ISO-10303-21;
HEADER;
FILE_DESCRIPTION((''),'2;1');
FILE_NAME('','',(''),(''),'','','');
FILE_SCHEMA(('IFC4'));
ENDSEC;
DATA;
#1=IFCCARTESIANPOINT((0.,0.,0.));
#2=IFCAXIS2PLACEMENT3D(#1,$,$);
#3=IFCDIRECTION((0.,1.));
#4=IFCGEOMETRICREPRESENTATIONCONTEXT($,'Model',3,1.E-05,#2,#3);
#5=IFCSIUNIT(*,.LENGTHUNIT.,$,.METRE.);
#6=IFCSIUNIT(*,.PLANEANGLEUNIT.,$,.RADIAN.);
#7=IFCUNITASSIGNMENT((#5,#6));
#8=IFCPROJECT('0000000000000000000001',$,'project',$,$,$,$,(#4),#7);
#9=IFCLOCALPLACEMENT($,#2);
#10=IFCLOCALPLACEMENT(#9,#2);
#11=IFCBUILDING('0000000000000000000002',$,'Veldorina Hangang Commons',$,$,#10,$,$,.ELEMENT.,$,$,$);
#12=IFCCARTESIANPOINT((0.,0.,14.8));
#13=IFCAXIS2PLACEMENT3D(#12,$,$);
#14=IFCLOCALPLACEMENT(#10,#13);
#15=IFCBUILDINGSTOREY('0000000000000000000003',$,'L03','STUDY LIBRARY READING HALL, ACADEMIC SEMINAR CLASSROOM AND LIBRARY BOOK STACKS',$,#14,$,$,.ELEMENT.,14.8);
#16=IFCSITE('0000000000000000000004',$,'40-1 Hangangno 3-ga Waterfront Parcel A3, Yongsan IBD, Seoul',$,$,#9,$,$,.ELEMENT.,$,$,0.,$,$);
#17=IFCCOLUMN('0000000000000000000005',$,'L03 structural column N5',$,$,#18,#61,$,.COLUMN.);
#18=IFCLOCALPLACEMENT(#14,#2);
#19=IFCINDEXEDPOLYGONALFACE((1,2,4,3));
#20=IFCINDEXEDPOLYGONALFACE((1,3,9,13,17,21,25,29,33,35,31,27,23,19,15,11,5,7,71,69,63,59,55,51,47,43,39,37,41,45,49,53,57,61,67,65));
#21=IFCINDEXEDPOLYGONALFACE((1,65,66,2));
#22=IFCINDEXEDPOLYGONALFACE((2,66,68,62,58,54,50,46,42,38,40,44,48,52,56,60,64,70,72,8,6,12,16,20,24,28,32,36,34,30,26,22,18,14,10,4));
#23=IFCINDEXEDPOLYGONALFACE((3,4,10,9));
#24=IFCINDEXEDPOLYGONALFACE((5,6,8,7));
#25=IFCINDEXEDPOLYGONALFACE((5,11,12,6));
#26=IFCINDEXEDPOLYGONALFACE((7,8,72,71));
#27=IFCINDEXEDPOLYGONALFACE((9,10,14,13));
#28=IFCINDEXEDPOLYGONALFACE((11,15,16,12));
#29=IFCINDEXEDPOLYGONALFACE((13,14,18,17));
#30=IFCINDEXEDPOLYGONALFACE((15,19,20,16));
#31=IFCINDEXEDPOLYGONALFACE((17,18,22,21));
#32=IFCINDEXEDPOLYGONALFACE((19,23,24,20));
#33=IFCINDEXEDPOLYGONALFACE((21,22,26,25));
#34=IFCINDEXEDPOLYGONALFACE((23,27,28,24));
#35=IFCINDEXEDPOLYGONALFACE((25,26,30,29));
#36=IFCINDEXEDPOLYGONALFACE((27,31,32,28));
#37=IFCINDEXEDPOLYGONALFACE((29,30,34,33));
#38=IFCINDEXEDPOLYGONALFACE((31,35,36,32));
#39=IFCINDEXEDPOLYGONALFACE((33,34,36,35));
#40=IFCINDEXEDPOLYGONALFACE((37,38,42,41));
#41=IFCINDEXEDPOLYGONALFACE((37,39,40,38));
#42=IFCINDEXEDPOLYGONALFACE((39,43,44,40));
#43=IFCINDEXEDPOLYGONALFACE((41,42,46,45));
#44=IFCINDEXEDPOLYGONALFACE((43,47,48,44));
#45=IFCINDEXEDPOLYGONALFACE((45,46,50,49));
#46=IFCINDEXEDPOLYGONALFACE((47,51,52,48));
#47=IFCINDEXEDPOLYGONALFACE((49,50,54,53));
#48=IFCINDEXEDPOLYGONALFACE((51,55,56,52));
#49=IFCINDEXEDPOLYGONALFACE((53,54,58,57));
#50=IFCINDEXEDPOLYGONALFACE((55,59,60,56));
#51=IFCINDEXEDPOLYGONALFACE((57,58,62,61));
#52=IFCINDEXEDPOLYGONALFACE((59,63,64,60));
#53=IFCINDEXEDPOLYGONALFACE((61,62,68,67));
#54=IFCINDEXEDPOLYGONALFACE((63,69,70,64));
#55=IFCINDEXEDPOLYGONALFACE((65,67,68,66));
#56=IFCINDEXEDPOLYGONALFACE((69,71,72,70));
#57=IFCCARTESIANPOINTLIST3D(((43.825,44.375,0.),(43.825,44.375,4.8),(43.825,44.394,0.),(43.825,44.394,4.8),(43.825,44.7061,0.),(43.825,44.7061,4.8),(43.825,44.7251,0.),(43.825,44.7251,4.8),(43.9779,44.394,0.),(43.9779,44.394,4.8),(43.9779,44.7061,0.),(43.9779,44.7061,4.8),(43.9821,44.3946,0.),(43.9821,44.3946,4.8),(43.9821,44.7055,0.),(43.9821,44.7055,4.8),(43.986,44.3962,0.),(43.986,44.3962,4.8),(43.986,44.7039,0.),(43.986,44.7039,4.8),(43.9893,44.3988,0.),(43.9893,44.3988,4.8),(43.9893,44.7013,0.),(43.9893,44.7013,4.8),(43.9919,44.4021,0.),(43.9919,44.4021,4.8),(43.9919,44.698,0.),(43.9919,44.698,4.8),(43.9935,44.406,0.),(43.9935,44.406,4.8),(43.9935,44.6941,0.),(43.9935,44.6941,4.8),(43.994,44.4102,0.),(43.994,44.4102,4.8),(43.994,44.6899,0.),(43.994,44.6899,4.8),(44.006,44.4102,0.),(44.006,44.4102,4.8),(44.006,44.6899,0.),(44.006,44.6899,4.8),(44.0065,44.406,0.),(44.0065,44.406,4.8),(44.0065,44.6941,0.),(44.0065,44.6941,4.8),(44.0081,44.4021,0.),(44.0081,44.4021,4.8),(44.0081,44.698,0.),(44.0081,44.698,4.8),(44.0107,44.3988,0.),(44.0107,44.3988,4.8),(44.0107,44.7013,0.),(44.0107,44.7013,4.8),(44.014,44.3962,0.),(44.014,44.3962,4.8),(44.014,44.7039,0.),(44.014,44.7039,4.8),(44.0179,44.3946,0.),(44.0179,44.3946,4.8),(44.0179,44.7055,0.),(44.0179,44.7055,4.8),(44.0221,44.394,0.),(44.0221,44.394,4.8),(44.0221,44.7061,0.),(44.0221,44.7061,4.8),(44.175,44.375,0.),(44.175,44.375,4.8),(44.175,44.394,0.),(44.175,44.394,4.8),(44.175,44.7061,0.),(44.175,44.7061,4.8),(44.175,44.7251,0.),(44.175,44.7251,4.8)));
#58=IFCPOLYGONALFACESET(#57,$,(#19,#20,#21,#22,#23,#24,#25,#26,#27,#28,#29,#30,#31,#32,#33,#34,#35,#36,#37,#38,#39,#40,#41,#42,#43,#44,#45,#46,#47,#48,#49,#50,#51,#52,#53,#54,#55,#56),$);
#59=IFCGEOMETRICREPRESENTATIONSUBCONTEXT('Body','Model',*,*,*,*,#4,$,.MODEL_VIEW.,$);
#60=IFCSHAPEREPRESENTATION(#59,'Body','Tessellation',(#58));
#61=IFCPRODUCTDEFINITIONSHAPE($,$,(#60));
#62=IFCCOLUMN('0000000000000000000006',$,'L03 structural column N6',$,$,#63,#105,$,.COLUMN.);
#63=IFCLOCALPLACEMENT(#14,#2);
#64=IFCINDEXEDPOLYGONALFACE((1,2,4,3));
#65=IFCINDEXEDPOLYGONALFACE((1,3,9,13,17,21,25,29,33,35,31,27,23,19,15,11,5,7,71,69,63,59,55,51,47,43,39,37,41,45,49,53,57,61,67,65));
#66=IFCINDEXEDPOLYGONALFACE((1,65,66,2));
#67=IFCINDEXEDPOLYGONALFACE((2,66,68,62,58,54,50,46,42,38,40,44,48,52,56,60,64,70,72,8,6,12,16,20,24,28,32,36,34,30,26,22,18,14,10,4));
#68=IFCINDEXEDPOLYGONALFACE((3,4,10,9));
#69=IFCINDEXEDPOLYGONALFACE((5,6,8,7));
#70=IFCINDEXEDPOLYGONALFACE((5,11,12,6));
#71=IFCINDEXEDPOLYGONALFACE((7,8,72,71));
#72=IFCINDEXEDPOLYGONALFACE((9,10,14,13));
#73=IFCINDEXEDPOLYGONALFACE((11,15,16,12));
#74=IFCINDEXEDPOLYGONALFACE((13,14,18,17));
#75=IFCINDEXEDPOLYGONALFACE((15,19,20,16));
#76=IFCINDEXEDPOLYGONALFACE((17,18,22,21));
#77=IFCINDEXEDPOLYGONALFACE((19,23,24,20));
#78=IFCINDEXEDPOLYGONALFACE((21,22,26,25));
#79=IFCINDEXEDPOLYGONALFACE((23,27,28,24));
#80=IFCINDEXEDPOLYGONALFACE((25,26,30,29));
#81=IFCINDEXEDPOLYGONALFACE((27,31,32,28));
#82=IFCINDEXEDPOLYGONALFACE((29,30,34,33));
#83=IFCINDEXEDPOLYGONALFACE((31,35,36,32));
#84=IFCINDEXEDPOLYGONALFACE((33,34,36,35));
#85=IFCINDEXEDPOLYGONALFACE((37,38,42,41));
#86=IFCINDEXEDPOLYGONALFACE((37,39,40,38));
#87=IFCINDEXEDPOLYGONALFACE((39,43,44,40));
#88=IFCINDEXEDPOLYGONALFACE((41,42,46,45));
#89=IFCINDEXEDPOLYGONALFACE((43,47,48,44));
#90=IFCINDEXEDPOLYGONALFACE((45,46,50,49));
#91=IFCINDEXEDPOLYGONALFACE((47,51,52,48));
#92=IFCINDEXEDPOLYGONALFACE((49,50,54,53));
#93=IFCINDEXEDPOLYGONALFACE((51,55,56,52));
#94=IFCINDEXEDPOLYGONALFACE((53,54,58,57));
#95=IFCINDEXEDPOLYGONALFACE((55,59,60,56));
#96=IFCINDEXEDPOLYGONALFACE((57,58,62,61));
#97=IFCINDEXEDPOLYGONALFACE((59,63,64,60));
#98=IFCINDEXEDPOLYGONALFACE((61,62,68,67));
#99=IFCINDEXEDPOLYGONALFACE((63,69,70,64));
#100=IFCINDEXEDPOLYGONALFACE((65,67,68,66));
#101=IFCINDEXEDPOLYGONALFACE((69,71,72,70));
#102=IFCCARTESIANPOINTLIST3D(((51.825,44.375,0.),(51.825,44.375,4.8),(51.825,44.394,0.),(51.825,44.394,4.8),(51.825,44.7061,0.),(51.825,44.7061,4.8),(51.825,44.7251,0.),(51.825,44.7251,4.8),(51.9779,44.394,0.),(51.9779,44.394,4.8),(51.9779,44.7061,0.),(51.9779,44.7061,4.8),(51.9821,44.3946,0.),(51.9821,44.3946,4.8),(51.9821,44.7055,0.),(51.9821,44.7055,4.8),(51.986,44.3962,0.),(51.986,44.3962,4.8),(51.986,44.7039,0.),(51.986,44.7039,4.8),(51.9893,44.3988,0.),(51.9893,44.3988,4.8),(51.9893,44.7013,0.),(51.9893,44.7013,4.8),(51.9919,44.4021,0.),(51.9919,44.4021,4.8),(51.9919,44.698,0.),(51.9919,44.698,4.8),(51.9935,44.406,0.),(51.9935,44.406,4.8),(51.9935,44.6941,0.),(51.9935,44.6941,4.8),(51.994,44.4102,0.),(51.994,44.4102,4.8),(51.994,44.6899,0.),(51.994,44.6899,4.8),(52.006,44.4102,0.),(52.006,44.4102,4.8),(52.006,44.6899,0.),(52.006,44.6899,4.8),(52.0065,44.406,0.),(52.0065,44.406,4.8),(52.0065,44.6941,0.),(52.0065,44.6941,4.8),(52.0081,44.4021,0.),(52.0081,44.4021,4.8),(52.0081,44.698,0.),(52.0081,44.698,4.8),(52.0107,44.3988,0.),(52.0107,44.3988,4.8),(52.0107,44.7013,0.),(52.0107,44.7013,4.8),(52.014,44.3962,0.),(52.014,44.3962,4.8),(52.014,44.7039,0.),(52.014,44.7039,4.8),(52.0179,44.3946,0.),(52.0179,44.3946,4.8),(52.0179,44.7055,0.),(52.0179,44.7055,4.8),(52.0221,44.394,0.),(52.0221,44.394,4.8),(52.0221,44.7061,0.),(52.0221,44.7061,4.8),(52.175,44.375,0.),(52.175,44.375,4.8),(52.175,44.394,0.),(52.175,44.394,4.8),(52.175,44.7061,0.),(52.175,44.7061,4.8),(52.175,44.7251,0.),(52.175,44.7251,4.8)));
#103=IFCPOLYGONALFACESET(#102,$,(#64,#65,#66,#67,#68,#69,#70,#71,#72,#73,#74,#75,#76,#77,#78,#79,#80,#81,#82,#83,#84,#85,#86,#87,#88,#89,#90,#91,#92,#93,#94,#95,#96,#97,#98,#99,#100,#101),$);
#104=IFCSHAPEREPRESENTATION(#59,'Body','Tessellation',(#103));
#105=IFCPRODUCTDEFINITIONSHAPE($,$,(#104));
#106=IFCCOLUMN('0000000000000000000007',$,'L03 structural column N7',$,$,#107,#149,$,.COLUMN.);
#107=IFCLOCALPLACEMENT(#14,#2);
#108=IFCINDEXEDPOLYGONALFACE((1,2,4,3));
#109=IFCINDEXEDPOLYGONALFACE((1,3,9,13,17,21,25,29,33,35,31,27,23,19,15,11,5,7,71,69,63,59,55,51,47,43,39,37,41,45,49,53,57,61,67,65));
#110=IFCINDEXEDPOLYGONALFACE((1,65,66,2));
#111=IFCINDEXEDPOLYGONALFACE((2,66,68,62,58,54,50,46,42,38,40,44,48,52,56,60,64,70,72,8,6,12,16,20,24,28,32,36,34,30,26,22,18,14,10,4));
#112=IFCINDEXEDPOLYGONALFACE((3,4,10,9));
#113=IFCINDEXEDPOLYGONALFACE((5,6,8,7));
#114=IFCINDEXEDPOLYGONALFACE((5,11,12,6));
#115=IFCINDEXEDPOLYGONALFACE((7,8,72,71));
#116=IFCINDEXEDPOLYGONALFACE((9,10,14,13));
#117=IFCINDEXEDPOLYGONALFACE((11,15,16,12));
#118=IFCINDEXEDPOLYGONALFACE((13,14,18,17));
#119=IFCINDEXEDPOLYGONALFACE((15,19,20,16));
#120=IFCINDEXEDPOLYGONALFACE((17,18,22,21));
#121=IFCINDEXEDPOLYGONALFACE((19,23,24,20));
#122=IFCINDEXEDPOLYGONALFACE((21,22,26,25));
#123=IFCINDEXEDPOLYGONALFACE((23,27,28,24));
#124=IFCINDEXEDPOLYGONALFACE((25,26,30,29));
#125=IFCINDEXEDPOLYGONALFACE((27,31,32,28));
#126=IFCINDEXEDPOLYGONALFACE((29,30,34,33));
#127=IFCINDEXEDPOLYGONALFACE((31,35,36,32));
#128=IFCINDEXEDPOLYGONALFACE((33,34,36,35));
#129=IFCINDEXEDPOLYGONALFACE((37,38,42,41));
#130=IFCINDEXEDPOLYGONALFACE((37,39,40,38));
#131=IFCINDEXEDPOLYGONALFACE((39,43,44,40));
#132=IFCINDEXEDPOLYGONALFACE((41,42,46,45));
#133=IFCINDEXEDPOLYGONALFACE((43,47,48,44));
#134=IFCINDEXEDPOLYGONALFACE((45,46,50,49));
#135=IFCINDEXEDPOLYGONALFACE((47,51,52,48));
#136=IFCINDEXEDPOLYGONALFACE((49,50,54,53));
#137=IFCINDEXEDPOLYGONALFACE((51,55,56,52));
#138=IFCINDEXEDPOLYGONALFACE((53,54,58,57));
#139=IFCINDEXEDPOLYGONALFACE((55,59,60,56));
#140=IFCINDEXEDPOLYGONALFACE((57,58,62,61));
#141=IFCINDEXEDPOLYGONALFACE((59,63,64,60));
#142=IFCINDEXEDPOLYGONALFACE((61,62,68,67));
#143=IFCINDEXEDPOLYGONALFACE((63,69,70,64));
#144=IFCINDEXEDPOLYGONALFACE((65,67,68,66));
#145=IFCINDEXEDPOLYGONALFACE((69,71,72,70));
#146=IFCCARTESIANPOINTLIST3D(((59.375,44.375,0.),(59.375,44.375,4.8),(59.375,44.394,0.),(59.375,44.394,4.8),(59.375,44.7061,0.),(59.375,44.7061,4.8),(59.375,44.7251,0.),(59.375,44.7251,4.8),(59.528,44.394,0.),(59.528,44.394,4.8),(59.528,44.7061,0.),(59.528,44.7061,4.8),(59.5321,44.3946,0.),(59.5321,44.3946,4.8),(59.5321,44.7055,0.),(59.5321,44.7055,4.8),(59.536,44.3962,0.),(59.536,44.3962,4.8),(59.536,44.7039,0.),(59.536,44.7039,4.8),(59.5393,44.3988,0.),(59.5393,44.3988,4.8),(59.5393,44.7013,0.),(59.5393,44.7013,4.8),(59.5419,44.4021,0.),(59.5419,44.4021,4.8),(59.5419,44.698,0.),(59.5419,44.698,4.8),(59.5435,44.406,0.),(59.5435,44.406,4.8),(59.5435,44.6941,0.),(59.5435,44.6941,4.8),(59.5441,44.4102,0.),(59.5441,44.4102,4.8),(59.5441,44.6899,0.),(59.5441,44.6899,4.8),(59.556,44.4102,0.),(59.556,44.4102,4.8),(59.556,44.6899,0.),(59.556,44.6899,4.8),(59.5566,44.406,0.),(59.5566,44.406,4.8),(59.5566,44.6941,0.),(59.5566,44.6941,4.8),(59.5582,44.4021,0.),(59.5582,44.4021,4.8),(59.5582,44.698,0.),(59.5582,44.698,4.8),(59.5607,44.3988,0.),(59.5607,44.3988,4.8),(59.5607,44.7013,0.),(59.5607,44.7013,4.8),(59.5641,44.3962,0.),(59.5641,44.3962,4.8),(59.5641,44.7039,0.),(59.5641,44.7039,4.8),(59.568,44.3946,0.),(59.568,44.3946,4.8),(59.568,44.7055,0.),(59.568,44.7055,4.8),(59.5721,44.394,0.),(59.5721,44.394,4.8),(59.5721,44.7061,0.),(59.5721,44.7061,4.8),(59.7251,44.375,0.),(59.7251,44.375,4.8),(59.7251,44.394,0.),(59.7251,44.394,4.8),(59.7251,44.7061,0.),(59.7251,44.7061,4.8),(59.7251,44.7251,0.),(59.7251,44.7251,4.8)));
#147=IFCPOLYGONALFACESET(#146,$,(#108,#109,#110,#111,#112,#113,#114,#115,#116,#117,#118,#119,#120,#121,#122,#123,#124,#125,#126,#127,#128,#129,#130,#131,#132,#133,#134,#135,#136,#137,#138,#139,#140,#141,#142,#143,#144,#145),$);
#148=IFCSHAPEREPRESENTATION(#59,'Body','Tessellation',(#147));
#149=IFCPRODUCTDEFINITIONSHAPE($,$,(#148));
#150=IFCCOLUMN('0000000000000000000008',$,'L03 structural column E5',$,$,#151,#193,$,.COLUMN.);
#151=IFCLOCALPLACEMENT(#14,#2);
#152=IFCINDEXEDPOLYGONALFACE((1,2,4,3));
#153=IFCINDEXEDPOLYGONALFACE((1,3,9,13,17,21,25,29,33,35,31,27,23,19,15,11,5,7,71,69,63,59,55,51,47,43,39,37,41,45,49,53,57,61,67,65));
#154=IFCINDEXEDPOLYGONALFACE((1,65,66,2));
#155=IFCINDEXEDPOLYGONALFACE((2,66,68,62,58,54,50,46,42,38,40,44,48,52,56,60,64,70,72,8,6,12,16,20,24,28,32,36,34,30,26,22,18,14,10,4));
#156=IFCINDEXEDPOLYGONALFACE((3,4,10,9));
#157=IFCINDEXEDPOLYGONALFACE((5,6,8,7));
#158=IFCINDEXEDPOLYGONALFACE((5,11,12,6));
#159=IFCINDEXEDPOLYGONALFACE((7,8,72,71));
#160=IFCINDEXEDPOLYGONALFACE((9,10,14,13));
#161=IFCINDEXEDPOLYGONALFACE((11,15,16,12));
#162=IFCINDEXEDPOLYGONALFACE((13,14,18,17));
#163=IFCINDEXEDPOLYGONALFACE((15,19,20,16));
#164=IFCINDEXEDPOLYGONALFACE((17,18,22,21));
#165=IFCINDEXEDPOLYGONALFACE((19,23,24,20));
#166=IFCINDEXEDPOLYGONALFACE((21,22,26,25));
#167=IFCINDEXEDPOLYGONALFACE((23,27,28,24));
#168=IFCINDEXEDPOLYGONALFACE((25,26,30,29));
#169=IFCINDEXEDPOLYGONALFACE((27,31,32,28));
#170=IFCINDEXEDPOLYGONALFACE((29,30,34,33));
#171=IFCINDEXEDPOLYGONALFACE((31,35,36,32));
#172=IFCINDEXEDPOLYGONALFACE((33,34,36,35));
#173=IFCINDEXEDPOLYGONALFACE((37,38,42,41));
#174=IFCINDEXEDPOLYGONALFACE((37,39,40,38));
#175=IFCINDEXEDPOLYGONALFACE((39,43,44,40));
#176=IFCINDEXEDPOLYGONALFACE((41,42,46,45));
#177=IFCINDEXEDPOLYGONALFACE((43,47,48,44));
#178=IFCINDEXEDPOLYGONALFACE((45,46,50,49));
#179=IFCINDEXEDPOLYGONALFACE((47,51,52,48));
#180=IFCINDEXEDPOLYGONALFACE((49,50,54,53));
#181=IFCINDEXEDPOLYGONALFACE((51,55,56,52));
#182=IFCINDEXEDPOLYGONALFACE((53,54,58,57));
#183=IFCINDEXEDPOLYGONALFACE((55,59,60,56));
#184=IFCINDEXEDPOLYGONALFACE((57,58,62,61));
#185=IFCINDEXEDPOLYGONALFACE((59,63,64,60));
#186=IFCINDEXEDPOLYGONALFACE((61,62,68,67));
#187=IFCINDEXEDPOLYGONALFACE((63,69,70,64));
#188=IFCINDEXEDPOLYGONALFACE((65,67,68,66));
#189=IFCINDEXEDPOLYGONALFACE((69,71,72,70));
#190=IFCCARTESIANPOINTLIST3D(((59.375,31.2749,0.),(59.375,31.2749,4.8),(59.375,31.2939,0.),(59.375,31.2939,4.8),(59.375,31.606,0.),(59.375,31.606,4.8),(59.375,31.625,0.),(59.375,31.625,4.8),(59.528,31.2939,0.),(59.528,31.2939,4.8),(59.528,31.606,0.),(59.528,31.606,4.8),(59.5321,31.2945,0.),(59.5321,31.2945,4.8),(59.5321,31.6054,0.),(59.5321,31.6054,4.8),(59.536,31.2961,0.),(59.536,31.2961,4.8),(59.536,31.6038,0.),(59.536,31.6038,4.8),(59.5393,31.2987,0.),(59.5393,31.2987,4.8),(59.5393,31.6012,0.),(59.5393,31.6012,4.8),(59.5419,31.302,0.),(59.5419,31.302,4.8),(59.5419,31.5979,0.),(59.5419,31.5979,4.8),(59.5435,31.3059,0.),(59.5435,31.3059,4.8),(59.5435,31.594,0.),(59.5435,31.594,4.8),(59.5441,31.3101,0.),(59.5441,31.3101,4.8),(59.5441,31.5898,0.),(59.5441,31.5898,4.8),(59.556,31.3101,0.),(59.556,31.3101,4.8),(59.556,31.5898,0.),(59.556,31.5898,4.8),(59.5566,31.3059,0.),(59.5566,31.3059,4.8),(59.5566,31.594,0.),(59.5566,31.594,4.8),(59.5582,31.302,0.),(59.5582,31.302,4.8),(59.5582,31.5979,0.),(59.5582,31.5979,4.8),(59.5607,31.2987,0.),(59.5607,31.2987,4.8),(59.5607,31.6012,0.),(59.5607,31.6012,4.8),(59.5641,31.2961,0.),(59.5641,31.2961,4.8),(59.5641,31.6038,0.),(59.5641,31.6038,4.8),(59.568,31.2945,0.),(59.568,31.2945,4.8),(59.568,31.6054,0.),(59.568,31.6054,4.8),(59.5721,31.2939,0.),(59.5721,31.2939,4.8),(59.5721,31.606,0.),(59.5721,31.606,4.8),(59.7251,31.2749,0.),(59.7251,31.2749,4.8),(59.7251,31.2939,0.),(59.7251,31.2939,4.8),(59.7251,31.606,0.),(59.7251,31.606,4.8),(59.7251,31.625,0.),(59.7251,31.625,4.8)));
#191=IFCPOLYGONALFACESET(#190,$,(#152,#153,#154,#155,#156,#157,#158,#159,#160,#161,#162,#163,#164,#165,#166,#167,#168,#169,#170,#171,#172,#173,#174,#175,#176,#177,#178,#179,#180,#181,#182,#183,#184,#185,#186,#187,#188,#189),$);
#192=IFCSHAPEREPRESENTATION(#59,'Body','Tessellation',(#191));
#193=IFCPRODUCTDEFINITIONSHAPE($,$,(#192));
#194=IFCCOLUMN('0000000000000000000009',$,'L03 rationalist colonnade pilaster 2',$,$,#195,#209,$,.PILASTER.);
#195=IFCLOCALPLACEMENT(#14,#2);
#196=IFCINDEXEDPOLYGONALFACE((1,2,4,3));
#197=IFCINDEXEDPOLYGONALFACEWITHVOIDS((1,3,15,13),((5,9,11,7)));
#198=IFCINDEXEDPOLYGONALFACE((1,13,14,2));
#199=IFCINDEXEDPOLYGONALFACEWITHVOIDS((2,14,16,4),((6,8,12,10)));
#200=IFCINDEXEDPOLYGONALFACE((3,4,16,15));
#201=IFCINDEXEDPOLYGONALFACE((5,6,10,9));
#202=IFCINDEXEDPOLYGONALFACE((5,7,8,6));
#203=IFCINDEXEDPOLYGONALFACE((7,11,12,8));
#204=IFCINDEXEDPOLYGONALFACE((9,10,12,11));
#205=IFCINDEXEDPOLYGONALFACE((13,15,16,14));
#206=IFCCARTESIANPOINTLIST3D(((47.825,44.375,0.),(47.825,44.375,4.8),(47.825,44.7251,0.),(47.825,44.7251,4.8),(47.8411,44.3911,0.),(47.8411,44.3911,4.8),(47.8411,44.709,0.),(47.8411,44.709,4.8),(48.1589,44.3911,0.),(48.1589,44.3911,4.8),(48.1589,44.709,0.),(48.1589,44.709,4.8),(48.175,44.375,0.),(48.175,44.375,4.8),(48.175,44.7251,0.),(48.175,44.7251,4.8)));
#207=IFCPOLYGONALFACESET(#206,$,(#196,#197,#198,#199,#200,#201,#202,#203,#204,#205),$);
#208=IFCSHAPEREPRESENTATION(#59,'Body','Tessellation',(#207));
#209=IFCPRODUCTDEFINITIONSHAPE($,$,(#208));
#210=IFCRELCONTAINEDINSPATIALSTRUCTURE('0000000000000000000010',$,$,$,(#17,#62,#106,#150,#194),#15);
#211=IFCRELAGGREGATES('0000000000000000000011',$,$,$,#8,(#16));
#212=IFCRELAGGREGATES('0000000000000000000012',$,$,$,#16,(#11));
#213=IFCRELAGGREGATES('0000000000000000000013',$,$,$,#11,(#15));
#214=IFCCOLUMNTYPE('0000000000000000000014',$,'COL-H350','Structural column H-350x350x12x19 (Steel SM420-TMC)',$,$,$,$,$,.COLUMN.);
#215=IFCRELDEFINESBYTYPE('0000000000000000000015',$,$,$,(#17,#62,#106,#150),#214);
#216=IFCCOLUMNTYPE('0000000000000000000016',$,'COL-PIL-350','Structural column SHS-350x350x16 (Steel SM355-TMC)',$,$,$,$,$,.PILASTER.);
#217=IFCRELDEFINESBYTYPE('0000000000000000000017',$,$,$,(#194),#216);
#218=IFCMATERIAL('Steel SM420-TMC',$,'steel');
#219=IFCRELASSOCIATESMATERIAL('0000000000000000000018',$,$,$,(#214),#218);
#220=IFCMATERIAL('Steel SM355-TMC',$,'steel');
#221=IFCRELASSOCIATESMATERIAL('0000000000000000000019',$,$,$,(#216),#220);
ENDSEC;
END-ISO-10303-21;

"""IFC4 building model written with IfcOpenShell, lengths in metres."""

from ifc_helpers import new_model, si_unit, direction, frame, origin, origin_2d, place, context, subcontext, project, spatial, hollow_rectangle, i_section, extrude, material, material_profile, profile_set, type_object, element, save


model = new_model("IFC4")

# Units and contexts
model_context = context("Model", 3, precision=1e-05, world=origin(), true_north=direction((0.0, 1.0)))
body_context = subcontext(model_context, "Body", "Model", "MODEL_VIEW")
ifc_project = project(units=[si_unit("LENGTHUNIT", "METRE"), si_unit("PLANEANGLEUNIT", "RADIAN")], contexts=[model_context])

# Site, building, storey
site_placement = place(None, origin())
site = spatial("IfcSite", under=ifc_project, at=site_placement, Name="40-1 Hangangno 3-ga Waterfront Parcel A3, Yongsan IBD, Seoul", CompositionType="ELEMENT", RefElevation=0.0)
building_placement = place(site_placement, origin())
building = spatial("IfcBuilding", under=site, at=building_placement, Name="Veldorina Hangang Commons", CompositionType="ELEMENT")
storey_placement = place(building_placement, frame((0.0, 0.0, 14.8)))
storey = spatial("IfcBuildingStorey", under=building, at=storey_placement, Name="L03", Description="STUDY LIBRARY READING HALL, ACADEMIC SEMINAR CLASSROOM AND LIBRARY BOOK STACKS", CompositionType="ELEMENT", Elevation=14.8)

# Columns
ifc_material_1 = material(Name="Steel SM420-TMC", Category="steel")
ifc_material_profile_1 = material_profile(ifc_material_1, i_section(OverallWidth=0.3501, OverallDepth=0.3501, WebThickness=0.012, FlangeThickness=0.019, FilletRadius=0.0161, at=origin_2d()), Name="H-350x350x12x19")
ifc_profile_set_1 = profile_set([ifc_material_profile_1], Name="Steel SM420-TMC")
column_type_1 = type_object("IfcColumnType", Name="COL-H350", Description="Structural column H-350x350x12x19 (Steel SM420-TMC)", PredefinedType="COLUMN", material=ifc_profile_set_1)
for number, where, z_axis, x_axis, name in (
    (1, (44.0, 44.55, 0.0), (0.0, 0.0, 1.0), (1.0, 0.0, 0.0), "L03 structural column N5"),
    (2, (52.0, 44.55, 0.0), (0.0, 0.0, 1.0), (1.0, 0.0, 0.0), "L03 structural column N6"),
    (3, (59.55, 44.55, 0.0), (0.0, 0.0, 1.0), (1.0, 0.0, 0.0), "L03 structural column N7"),
    (4, (59.55, 31.45, 0.0), (0.0, 0.0, 1.0), (1.0, 0.0, 0.0), "L03 structural column E5"),
):
    element("IfcColumn", number, at=place(storey_placement, frame(where, z_axis=z_axis, x_axis=x_axis)), inside=storey, type_object=column_type_1, Name=name, PredefinedType="COLUMN", context=body_context, shape_type="SweptSolid", body=[
        extrude(i_section(OverallWidth=0.3501, OverallDepth=0.3501, WebThickness=0.012, FlangeThickness=0.019, FilletRadius=0.0161, at=origin_2d()), origin(), (0.0, 0.0, 1.0), 4.8),
    ])
ifc_material_2 = material(Name="Steel SM355-TMC", Category="steel")
ifc_material_profile_2 = material_profile(ifc_material_2, hollow_rectangle(XDim=0.3501, YDim=0.3501, WallThickness=0.0161, at=origin_2d()), Name="SHS-350x350x16")
ifc_profile_set_2 = profile_set([ifc_material_profile_2], Name="Steel SM355-TMC")
column_type_2 = type_object("IfcColumnType", Name="COL-PIL-350", Description="Structural column SHS-350x350x16 (Steel SM355-TMC)", PredefinedType="PILASTER", material=ifc_profile_set_2)
column_placement = place(storey_placement, frame((48.0, 44.55, 0.0), z_axis=(0.0, 0.0, 1.0), x_axis=(1.0, 0.0, 0.0)))
element("IfcColumn", 5, at=column_placement, inside=storey, type_object=column_type_2, Name="L03 rationalist colonnade pilaster 2", PredefinedType="PILASTER", context=body_context, shape_type="SweptSolid", body=[
    extrude(hollow_rectangle(XDim=0.3501, YDim=0.3501, WallThickness=0.0161, at=origin_2d()), origin(), (0.0, 0.0, 1.0), 4.8),
])

save(model, "model.ifc")
